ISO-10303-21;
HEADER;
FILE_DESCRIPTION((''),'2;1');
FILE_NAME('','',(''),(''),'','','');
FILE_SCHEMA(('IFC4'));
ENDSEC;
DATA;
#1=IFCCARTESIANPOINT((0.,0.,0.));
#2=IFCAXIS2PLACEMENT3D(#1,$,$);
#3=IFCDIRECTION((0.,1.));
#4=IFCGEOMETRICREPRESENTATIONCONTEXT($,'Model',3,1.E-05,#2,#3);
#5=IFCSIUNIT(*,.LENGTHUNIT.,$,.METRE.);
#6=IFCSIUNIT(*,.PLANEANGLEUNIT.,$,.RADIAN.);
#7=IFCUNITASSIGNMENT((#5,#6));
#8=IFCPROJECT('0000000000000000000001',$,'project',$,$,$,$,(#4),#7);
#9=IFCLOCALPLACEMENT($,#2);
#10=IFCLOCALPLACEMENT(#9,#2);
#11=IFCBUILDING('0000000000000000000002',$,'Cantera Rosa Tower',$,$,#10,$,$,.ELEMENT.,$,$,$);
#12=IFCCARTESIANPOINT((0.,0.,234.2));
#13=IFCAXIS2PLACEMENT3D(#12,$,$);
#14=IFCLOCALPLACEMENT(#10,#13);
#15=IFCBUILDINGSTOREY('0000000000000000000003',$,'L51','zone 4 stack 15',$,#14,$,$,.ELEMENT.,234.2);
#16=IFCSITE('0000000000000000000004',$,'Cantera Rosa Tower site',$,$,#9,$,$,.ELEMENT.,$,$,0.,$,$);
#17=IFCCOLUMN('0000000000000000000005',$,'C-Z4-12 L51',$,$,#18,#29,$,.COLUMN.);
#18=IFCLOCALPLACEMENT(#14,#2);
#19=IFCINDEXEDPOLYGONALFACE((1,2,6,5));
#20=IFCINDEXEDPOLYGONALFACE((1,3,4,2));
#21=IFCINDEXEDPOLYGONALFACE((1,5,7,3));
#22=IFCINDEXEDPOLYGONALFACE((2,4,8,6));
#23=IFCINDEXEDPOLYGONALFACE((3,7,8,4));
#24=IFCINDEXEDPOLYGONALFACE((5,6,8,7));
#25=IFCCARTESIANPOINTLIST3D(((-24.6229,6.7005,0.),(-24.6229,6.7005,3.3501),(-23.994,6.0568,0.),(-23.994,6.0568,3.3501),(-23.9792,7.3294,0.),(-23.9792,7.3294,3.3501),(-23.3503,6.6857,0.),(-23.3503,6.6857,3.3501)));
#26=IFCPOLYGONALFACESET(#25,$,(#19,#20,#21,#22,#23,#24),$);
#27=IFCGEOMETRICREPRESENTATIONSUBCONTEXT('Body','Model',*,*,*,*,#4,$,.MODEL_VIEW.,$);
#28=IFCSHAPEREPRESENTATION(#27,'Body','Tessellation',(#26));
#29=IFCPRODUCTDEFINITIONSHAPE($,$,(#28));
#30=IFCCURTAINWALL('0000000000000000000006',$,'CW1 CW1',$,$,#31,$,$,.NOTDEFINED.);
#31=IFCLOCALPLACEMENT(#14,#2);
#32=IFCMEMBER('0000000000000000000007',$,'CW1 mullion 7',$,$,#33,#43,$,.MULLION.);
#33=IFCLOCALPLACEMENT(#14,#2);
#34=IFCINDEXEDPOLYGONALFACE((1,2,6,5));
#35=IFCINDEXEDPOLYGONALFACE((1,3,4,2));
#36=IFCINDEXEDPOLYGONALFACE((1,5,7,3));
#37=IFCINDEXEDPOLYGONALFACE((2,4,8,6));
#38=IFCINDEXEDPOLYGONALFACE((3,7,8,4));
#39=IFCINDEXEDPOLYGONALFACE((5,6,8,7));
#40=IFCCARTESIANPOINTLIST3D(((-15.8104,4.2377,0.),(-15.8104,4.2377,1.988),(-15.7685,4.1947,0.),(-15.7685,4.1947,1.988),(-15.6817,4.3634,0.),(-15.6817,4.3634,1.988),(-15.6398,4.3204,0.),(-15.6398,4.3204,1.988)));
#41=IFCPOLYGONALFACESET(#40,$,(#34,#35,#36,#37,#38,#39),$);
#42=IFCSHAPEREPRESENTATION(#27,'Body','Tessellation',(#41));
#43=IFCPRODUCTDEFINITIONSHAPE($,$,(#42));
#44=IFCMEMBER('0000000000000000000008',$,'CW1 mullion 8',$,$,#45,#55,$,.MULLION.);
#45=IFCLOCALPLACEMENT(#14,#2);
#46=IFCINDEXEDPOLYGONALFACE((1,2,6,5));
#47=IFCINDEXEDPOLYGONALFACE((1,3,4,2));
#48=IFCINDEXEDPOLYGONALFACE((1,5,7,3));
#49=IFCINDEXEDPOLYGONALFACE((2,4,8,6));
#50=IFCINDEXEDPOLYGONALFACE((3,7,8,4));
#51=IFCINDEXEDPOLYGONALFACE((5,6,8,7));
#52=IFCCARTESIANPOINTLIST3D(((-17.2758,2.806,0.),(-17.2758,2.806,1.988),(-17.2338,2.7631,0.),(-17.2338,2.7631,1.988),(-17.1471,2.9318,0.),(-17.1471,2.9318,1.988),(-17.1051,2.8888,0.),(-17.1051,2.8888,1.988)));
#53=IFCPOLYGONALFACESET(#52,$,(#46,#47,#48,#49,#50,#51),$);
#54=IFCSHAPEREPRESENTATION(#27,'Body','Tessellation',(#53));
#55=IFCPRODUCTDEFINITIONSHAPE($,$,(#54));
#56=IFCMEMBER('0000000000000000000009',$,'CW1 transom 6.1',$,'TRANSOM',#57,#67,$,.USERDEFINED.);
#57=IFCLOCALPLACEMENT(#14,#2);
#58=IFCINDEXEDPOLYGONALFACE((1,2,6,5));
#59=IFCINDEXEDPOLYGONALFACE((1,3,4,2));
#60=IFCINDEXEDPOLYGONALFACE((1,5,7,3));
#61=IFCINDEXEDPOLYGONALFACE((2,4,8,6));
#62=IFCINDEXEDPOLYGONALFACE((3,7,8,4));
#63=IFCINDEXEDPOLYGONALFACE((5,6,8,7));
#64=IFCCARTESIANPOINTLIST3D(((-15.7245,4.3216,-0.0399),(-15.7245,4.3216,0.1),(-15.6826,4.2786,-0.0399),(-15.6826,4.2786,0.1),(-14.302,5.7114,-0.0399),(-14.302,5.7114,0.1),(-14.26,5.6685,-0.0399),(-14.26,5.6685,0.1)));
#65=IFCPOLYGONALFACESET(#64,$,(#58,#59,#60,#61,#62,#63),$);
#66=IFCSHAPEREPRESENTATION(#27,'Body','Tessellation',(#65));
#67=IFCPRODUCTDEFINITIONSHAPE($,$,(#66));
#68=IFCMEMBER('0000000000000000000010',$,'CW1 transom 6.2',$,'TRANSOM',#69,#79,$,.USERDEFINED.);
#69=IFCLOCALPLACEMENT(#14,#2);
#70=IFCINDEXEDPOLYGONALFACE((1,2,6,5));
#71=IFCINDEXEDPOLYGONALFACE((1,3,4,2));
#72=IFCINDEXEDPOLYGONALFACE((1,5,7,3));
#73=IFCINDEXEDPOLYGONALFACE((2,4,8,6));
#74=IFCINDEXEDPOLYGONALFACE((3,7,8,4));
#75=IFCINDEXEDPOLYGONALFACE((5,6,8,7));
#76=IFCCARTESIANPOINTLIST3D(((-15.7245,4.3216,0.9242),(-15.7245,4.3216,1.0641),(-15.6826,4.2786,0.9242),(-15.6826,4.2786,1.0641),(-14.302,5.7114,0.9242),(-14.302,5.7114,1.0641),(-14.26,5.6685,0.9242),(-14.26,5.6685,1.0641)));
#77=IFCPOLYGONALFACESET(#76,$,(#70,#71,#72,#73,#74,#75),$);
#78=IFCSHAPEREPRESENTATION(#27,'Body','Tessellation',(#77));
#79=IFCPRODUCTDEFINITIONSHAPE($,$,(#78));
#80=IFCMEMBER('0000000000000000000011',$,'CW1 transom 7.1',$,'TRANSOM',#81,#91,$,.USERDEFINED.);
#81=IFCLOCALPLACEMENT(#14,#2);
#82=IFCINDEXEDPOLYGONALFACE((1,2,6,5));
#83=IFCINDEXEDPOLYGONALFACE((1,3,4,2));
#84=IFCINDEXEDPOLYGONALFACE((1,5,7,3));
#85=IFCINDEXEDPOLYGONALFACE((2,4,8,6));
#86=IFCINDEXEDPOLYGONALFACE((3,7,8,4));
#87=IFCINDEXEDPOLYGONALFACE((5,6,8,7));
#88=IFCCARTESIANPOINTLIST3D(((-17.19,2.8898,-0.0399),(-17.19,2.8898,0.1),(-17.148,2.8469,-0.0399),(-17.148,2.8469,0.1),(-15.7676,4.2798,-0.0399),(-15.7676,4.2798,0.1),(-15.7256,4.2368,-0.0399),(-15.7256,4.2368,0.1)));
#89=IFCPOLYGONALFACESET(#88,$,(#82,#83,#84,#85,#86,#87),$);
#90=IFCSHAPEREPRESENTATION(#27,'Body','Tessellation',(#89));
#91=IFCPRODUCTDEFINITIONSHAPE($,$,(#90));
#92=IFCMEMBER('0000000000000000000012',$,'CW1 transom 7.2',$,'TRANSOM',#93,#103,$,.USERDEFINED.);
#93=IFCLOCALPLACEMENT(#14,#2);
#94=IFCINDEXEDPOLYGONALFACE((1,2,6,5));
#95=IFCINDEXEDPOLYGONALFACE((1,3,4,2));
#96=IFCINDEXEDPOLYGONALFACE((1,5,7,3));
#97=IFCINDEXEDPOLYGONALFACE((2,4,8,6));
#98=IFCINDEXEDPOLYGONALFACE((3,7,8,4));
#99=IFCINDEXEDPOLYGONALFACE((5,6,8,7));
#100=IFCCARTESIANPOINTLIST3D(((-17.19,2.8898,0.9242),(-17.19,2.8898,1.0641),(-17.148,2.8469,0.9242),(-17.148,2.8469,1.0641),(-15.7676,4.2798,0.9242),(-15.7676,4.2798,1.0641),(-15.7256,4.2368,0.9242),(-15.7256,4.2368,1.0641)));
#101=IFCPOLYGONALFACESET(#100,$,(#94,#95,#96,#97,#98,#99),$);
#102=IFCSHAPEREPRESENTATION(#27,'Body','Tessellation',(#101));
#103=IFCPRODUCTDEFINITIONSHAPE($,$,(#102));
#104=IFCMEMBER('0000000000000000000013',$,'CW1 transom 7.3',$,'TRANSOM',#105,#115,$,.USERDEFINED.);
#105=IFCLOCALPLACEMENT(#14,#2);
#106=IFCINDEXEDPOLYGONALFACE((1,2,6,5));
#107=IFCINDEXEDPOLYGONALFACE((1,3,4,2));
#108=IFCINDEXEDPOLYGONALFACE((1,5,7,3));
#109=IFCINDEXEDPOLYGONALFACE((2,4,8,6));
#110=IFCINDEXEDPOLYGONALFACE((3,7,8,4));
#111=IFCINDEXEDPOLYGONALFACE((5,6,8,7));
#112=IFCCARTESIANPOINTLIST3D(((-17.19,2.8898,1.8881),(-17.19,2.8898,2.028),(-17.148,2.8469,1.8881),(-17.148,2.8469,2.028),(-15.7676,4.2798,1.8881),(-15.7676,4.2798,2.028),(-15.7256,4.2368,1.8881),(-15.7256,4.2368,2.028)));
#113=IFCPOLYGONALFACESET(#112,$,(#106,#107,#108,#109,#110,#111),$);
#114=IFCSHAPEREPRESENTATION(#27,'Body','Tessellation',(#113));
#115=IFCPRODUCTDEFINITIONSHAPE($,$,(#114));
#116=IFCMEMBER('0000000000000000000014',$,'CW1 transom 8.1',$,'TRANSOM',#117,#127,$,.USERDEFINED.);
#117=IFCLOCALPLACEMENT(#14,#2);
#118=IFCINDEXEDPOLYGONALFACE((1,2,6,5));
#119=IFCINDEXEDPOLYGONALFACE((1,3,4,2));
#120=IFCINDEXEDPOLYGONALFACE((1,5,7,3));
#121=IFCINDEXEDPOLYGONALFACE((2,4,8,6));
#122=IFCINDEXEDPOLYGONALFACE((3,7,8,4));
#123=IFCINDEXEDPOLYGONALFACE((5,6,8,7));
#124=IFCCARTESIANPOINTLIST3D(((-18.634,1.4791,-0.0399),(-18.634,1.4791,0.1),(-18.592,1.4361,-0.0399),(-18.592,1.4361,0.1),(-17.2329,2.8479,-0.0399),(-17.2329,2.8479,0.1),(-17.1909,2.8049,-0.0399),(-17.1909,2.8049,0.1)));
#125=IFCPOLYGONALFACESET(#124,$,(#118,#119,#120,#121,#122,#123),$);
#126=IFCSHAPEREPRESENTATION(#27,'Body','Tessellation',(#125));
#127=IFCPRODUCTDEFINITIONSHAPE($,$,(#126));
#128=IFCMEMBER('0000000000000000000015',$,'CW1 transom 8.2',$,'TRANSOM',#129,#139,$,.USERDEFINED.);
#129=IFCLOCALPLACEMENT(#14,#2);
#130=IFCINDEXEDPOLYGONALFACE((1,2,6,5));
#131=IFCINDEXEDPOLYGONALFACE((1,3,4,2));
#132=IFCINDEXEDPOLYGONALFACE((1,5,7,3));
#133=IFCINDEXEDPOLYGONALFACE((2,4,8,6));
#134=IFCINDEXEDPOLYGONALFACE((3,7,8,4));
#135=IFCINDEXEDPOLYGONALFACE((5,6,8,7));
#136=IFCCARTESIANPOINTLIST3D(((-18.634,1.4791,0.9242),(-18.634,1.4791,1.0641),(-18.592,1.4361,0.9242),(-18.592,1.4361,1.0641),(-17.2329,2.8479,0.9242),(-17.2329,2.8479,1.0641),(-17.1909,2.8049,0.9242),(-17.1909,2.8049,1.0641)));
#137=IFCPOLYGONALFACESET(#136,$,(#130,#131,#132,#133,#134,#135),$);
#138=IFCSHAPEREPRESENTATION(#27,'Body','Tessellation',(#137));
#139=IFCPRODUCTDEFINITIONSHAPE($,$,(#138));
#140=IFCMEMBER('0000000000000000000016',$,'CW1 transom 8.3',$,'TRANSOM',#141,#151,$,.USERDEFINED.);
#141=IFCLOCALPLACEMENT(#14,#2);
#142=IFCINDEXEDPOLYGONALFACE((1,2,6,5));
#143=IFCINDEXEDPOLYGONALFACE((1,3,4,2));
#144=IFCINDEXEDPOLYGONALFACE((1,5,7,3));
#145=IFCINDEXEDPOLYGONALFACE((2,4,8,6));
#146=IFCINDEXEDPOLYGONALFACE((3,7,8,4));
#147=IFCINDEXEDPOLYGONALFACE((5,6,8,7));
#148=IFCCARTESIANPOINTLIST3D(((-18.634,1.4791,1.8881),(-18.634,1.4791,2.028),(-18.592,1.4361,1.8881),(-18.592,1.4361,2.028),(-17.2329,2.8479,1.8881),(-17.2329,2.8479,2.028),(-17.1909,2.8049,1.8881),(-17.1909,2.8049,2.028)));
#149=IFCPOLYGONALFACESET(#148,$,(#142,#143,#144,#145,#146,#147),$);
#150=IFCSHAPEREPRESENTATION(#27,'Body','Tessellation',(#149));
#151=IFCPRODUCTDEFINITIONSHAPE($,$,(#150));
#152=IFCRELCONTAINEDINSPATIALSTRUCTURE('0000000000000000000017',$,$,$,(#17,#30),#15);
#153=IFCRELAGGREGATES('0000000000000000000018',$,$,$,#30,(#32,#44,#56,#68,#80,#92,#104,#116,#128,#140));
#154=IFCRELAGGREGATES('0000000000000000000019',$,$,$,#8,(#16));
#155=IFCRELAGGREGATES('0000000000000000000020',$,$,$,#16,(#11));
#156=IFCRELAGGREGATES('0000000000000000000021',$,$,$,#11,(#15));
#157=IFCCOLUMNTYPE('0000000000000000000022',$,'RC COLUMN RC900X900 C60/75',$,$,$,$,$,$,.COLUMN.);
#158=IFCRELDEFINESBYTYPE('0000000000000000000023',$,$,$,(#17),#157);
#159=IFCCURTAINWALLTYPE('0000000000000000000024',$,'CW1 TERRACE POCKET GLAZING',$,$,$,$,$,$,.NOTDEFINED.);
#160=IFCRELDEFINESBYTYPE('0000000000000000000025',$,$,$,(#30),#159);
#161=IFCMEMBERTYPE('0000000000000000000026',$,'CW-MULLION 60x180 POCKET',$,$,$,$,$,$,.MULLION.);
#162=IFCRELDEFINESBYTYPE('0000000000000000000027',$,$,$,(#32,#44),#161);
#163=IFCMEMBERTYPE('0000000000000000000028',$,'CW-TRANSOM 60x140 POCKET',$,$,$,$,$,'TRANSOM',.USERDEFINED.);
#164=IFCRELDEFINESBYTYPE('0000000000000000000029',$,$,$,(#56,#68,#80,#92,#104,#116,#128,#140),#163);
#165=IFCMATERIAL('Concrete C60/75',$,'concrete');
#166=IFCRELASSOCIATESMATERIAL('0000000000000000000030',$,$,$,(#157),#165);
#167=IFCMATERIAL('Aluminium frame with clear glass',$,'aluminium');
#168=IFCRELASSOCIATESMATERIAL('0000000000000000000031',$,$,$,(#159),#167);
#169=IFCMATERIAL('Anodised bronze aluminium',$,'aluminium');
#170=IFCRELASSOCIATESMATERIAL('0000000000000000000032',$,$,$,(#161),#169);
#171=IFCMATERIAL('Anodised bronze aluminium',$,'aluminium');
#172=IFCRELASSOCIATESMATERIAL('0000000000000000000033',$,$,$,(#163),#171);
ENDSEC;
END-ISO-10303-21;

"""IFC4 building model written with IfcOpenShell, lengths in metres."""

from ifc_helpers import new_model, si_unit, direction, frame, origin, origin_2d, place, context, subcontext, project, spatial, rectangle, extrude, material, material_profile, profile_set, type_object, element, aggregate, save


model = new_model("IFC4")

# Units and contexts
model_context = context("Model", 3, precision=1e-05, world=origin(), true_north=direction((0.0, 1.0)))
body_context = subcontext(model_context, "Body", "Model", "MODEL_VIEW")
ifc_project = project(units=[si_unit("LENGTHUNIT", "METRE"), si_unit("PLANEANGLEUNIT", "RADIAN")], contexts=[model_context])

# Site, building, storey
site_placement = place(None, origin())
site = spatial("IfcSite", under=ifc_project, at=site_placement, Name="Cantera Rosa Tower site", CompositionType="ELEMENT", RefElevation=0.0)
building_placement = place(site_placement, origin())
building = spatial("IfcBuilding", under=site, at=building_placement, Name="Cantera Rosa Tower", CompositionType="ELEMENT")
storey_placement = place(building_placement, frame((0.0, 0.0, 234.2)))
storey = spatial("IfcBuildingStorey", under=building, at=storey_placement, Name="L51", Description="zone 4 stack 15", CompositionType="ELEMENT", Elevation=234.2)

# Column
ifc_material_1 = material(Name="Concrete C60/75", Category="concrete")
ifc_material_profile_1 = material_profile(ifc_material_1, rectangle(XDim=0.8999, YDim=0.8999, at=origin_2d()), Name="RC COLUMN RC900X900 C60/75")
ifc_profile_set_1 = profile_set([ifc_material_profile_1], Name="Concrete C60/75")
column_type = type_object("IfcColumnType", Name="RC COLUMN RC900X900 C60/75", PredefinedType="COLUMN", material=ifc_profile_set_1)
column_placement = place(storey_placement, frame((-23.9866, 6.6931, 0.0), z_axis=(0.0, 0.0, 1.0), x_axis=(0.715286, 0.698832, 0.0)))
element("IfcColumn", 1, at=column_placement, inside=storey, type_object=column_type, Name="C-Z4-12 L51", PredefinedType="COLUMN", context=body_context, shape_type="SweptSolid", body=[
    extrude(rectangle(XDim=0.8999, YDim=0.8999, at=origin_2d()), origin(), (0.0, 0.0, 1.0), 3.3501),
])

# Curtain wall, members
ifc_material_2 = material(Name="Aluminium frame with clear glass", Category="aluminium")
curtain_wall_type = type_object("IfcCurtainWallType", Name="CW1 TERRACE POCKET GLAZING", PredefinedType="NOTDEFINED", material=ifc_material_2)
curtain_wall_placement = place(storey_placement, origin())
curtain_wall = element("IfcCurtainWall", 2, at=curtain_wall_placement, inside=storey, type_object=curtain_wall_type, Name="CW1 CW1", PredefinedType="NOTDEFINED")
ifc_material_3 = material(Name="Anodised bronze aluminium", Category="aluminium")
ifc_material_profile_2 = material_profile(ifc_material_3, rectangle(XDim=0.0601, YDim=0.1799, at=origin_2d()), Name="CW-MULLION 60x180 POCKET")
ifc_profile_set_2 = profile_set([ifc_material_profile_2], Name="Anodised bronze aluminium")
member_type_1 = type_object("IfcMemberType", Name="CW-MULLION 60x180 POCKET", PredefinedType="MULLION", material=ifc_profile_set_2)
member_1_placement = place(storey_placement, frame((-15.7251, 4.2791, 0.0), z_axis=(0.0, 0.0, 1.0), x_axis=(0.698832, -0.715286, 0.0)))
member_1 = element("IfcMember", 3, at=member_1_placement, type_object=member_type_1, Name="CW1 mullion 7", PredefinedType="MULLION", context=body_context, shape_type="SweptSolid", body=[
    extrude(rectangle(XDim=0.0601, YDim=0.1799, at=origin_2d()), origin(), (0.0, 0.0, 1.0), 1.988),
])
member_2_placement = place(storey_placement, frame((-17.1904, 2.8474, 0.0), z_axis=(0.0, 0.0, 1.0), x_axis=(0.698832, -0.715286, 0.0)))
member_2 = element("IfcMember", 4, at=member_2_placement, type_object=member_type_1, Name="CW1 mullion 8", PredefinedType="MULLION", context=body_context, shape_type="SweptSolid", body=[
    extrude(rectangle(XDim=0.0601, YDim=0.1799, at=origin_2d()), origin(), (0.0, 0.0, 1.0), 1.988),
])
ifc_material_4 = material(Name="Anodised bronze aluminium", Category="aluminium")
ifc_material_profile_3 = material_profile(ifc_material_4, rectangle(XDim=0.0601, YDim=0.1399, at=origin_2d()), Name="CW-TRANSOM 60x140 POCKET")
ifc_profile_set_3 = profile_set([ifc_material_profile_3], Name="Anodised bronze aluminium")
member_type_2 = type_object("IfcMemberType", Name="CW-TRANSOM 60x140 POCKET", ElementType="TRANSOM", PredefinedType="USERDEFINED", material=ifc_profile_set_3)
member_3_placement = place(storey_placement, frame((-14.281, 5.6899, 0.03), z_axis=(-0.715283, -0.698834, 0.0), x_axis=(0.698834, -0.715283, 0.0)))
member_3 = element("IfcMember", 5, at=member_3_placement, type_object=member_type_2, Name="CW1 transom 6.1", ObjectType="TRANSOM", PredefinedType="USERDEFINED", context=body_context, shape_type="SweptSolid", body=[
    extrude(rectangle(XDim=0.0601, YDim=0.1399, at=origin_2d()), origin(), (0.0, 0.0, 1.0), 1.9888),
])
member_4_placement = place(storey_placement, frame((-14.281, 5.6899, 0.9941), z_axis=(-0.715283, -0.698834, 0.0), x_axis=(0.698834, -0.715283, 0.0)))
member_4 = element("IfcMember", 6, at=member_4_placement, type_object=member_type_2, Name="CW1 transom 6.2", ObjectType="TRANSOM", PredefinedType="USERDEFINED", context=body_context, shape_type="SweptSolid", body=[
    extrude(rectangle(XDim=0.0601, YDim=0.1399, at=origin_2d()), origin(), (0.0, 0.0, 1.0), 1.9888),
])
member_5_placement = place(storey_placement, frame((-15.7466, 4.2583, 0.03), z_axis=(-0.715223, -0.698896, 0.0), x_axis=(0.698896, -0.715223, 0.0)))
member_5 = element("IfcMember", 7, at=member_5_placement, type_object=member_type_2, Name="CW1 transom 7.1", ObjectType="TRANSOM", PredefinedType="USERDEFINED", context=body_context, shape_type="SweptSolid", body=[
    extrude(rectangle(XDim=0.0601, YDim=0.1399, at=origin_2d()), origin(), (0.0, 0.0, 1.0), 1.9888),
])
member_6_placement = place(storey_placement, frame((-15.7466, 4.2583, 0.9941), z_axis=(-0.715223, -0.698896, 0.0), x_axis=(0.698896, -0.715223, 0.0)))
member_6 = element("IfcMember", 8, at=member_6_placement, type_object=member_type_2, Name="CW1 transom 7.2", ObjectType="TRANSOM", PredefinedType="USERDEFINED", context=body_context, shape_type="SweptSolid", body=[
    extrude(rectangle(XDim=0.0601, YDim=0.1399, at=origin_2d()), origin(), (0.0, 0.0, 1.0), 1.9888),
])
member_7_placement = place(storey_placement, frame((-15.7466, 4.2583, 1.958), z_axis=(-0.715223, -0.698896, 0.0), x_axis=(0.698896, -0.715223, 0.0)))
member_7 = element("IfcMember", 9, at=member_7_placement, type_object=member_type_2, Name="CW1 transom 7.3", ObjectType="TRANSOM", PredefinedType="USERDEFINED", context=body_context, shape_type="SweptSolid", body=[
    extrude(rectangle(XDim=0.0601, YDim=0.1399, at=origin_2d()), origin(), (0.0, 0.0, 1.0), 1.9888),
])
member_8_placement = place(storey_placement, frame((-17.2119, 2.8264, 0.03), z_axis=(-0.715285, -0.698833, 0.0), x_axis=(0.698833, -0.715285, 0.0)))
member_8 = element("IfcMember", 10, at=member_8_placement, type_object=member_type_2, Name="CW1 transom 8.1", ObjectType="TRANSOM", PredefinedType="USERDEFINED", context=body_context, shape_type="SweptSolid", body=[
    extrude(rectangle(XDim=0.0601, YDim=0.1399, at=origin_2d()), origin(), (0.0, 0.0, 1.0), 1.9587),
])
member_9_placement = place(storey_placement, frame((-17.2119, 2.8264, 0.9941), z_axis=(-0.715285, -0.698833, 0.0), x_axis=(0.698833, -0.715285, 0.0)))
member_9 = element("IfcMember", 11, at=member_9_placement, type_object=member_type_2, Name="CW1 transom 8.2", ObjectType="TRANSOM", PredefinedType="USERDEFINED", context=body_context, shape_type="SweptSolid", body=[
    extrude(rectangle(XDim=0.0601, YDim=0.1399, at=origin_2d()), origin(), (0.0, 0.0, 1.0), 1.9587),
])
member_10_placement = place(storey_placement, frame((-17.2119, 2.8264, 1.958), z_axis=(-0.715285, -0.698833, 0.0), x_axis=(0.698833, -0.715285, 0.0)))
member_10 = element("IfcMember", 12, at=member_10_placement, type_object=member_type_2, Name="CW1 transom 8.3", ObjectType="TRANSOM", PredefinedType="USERDEFINED", context=body_context, shape_type="SweptSolid", body=[
    extrude(rectangle(XDim=0.0601, YDim=0.1399, at=origin_2d()), origin(), (0.0, 0.0, 1.0), 1.9587),
])

aggregate(curtain_wall, [member_1, member_2, member_3, member_4, member_5, member_6, member_7, member_8, member_9, member_10])

save(model, "model.ifc")
